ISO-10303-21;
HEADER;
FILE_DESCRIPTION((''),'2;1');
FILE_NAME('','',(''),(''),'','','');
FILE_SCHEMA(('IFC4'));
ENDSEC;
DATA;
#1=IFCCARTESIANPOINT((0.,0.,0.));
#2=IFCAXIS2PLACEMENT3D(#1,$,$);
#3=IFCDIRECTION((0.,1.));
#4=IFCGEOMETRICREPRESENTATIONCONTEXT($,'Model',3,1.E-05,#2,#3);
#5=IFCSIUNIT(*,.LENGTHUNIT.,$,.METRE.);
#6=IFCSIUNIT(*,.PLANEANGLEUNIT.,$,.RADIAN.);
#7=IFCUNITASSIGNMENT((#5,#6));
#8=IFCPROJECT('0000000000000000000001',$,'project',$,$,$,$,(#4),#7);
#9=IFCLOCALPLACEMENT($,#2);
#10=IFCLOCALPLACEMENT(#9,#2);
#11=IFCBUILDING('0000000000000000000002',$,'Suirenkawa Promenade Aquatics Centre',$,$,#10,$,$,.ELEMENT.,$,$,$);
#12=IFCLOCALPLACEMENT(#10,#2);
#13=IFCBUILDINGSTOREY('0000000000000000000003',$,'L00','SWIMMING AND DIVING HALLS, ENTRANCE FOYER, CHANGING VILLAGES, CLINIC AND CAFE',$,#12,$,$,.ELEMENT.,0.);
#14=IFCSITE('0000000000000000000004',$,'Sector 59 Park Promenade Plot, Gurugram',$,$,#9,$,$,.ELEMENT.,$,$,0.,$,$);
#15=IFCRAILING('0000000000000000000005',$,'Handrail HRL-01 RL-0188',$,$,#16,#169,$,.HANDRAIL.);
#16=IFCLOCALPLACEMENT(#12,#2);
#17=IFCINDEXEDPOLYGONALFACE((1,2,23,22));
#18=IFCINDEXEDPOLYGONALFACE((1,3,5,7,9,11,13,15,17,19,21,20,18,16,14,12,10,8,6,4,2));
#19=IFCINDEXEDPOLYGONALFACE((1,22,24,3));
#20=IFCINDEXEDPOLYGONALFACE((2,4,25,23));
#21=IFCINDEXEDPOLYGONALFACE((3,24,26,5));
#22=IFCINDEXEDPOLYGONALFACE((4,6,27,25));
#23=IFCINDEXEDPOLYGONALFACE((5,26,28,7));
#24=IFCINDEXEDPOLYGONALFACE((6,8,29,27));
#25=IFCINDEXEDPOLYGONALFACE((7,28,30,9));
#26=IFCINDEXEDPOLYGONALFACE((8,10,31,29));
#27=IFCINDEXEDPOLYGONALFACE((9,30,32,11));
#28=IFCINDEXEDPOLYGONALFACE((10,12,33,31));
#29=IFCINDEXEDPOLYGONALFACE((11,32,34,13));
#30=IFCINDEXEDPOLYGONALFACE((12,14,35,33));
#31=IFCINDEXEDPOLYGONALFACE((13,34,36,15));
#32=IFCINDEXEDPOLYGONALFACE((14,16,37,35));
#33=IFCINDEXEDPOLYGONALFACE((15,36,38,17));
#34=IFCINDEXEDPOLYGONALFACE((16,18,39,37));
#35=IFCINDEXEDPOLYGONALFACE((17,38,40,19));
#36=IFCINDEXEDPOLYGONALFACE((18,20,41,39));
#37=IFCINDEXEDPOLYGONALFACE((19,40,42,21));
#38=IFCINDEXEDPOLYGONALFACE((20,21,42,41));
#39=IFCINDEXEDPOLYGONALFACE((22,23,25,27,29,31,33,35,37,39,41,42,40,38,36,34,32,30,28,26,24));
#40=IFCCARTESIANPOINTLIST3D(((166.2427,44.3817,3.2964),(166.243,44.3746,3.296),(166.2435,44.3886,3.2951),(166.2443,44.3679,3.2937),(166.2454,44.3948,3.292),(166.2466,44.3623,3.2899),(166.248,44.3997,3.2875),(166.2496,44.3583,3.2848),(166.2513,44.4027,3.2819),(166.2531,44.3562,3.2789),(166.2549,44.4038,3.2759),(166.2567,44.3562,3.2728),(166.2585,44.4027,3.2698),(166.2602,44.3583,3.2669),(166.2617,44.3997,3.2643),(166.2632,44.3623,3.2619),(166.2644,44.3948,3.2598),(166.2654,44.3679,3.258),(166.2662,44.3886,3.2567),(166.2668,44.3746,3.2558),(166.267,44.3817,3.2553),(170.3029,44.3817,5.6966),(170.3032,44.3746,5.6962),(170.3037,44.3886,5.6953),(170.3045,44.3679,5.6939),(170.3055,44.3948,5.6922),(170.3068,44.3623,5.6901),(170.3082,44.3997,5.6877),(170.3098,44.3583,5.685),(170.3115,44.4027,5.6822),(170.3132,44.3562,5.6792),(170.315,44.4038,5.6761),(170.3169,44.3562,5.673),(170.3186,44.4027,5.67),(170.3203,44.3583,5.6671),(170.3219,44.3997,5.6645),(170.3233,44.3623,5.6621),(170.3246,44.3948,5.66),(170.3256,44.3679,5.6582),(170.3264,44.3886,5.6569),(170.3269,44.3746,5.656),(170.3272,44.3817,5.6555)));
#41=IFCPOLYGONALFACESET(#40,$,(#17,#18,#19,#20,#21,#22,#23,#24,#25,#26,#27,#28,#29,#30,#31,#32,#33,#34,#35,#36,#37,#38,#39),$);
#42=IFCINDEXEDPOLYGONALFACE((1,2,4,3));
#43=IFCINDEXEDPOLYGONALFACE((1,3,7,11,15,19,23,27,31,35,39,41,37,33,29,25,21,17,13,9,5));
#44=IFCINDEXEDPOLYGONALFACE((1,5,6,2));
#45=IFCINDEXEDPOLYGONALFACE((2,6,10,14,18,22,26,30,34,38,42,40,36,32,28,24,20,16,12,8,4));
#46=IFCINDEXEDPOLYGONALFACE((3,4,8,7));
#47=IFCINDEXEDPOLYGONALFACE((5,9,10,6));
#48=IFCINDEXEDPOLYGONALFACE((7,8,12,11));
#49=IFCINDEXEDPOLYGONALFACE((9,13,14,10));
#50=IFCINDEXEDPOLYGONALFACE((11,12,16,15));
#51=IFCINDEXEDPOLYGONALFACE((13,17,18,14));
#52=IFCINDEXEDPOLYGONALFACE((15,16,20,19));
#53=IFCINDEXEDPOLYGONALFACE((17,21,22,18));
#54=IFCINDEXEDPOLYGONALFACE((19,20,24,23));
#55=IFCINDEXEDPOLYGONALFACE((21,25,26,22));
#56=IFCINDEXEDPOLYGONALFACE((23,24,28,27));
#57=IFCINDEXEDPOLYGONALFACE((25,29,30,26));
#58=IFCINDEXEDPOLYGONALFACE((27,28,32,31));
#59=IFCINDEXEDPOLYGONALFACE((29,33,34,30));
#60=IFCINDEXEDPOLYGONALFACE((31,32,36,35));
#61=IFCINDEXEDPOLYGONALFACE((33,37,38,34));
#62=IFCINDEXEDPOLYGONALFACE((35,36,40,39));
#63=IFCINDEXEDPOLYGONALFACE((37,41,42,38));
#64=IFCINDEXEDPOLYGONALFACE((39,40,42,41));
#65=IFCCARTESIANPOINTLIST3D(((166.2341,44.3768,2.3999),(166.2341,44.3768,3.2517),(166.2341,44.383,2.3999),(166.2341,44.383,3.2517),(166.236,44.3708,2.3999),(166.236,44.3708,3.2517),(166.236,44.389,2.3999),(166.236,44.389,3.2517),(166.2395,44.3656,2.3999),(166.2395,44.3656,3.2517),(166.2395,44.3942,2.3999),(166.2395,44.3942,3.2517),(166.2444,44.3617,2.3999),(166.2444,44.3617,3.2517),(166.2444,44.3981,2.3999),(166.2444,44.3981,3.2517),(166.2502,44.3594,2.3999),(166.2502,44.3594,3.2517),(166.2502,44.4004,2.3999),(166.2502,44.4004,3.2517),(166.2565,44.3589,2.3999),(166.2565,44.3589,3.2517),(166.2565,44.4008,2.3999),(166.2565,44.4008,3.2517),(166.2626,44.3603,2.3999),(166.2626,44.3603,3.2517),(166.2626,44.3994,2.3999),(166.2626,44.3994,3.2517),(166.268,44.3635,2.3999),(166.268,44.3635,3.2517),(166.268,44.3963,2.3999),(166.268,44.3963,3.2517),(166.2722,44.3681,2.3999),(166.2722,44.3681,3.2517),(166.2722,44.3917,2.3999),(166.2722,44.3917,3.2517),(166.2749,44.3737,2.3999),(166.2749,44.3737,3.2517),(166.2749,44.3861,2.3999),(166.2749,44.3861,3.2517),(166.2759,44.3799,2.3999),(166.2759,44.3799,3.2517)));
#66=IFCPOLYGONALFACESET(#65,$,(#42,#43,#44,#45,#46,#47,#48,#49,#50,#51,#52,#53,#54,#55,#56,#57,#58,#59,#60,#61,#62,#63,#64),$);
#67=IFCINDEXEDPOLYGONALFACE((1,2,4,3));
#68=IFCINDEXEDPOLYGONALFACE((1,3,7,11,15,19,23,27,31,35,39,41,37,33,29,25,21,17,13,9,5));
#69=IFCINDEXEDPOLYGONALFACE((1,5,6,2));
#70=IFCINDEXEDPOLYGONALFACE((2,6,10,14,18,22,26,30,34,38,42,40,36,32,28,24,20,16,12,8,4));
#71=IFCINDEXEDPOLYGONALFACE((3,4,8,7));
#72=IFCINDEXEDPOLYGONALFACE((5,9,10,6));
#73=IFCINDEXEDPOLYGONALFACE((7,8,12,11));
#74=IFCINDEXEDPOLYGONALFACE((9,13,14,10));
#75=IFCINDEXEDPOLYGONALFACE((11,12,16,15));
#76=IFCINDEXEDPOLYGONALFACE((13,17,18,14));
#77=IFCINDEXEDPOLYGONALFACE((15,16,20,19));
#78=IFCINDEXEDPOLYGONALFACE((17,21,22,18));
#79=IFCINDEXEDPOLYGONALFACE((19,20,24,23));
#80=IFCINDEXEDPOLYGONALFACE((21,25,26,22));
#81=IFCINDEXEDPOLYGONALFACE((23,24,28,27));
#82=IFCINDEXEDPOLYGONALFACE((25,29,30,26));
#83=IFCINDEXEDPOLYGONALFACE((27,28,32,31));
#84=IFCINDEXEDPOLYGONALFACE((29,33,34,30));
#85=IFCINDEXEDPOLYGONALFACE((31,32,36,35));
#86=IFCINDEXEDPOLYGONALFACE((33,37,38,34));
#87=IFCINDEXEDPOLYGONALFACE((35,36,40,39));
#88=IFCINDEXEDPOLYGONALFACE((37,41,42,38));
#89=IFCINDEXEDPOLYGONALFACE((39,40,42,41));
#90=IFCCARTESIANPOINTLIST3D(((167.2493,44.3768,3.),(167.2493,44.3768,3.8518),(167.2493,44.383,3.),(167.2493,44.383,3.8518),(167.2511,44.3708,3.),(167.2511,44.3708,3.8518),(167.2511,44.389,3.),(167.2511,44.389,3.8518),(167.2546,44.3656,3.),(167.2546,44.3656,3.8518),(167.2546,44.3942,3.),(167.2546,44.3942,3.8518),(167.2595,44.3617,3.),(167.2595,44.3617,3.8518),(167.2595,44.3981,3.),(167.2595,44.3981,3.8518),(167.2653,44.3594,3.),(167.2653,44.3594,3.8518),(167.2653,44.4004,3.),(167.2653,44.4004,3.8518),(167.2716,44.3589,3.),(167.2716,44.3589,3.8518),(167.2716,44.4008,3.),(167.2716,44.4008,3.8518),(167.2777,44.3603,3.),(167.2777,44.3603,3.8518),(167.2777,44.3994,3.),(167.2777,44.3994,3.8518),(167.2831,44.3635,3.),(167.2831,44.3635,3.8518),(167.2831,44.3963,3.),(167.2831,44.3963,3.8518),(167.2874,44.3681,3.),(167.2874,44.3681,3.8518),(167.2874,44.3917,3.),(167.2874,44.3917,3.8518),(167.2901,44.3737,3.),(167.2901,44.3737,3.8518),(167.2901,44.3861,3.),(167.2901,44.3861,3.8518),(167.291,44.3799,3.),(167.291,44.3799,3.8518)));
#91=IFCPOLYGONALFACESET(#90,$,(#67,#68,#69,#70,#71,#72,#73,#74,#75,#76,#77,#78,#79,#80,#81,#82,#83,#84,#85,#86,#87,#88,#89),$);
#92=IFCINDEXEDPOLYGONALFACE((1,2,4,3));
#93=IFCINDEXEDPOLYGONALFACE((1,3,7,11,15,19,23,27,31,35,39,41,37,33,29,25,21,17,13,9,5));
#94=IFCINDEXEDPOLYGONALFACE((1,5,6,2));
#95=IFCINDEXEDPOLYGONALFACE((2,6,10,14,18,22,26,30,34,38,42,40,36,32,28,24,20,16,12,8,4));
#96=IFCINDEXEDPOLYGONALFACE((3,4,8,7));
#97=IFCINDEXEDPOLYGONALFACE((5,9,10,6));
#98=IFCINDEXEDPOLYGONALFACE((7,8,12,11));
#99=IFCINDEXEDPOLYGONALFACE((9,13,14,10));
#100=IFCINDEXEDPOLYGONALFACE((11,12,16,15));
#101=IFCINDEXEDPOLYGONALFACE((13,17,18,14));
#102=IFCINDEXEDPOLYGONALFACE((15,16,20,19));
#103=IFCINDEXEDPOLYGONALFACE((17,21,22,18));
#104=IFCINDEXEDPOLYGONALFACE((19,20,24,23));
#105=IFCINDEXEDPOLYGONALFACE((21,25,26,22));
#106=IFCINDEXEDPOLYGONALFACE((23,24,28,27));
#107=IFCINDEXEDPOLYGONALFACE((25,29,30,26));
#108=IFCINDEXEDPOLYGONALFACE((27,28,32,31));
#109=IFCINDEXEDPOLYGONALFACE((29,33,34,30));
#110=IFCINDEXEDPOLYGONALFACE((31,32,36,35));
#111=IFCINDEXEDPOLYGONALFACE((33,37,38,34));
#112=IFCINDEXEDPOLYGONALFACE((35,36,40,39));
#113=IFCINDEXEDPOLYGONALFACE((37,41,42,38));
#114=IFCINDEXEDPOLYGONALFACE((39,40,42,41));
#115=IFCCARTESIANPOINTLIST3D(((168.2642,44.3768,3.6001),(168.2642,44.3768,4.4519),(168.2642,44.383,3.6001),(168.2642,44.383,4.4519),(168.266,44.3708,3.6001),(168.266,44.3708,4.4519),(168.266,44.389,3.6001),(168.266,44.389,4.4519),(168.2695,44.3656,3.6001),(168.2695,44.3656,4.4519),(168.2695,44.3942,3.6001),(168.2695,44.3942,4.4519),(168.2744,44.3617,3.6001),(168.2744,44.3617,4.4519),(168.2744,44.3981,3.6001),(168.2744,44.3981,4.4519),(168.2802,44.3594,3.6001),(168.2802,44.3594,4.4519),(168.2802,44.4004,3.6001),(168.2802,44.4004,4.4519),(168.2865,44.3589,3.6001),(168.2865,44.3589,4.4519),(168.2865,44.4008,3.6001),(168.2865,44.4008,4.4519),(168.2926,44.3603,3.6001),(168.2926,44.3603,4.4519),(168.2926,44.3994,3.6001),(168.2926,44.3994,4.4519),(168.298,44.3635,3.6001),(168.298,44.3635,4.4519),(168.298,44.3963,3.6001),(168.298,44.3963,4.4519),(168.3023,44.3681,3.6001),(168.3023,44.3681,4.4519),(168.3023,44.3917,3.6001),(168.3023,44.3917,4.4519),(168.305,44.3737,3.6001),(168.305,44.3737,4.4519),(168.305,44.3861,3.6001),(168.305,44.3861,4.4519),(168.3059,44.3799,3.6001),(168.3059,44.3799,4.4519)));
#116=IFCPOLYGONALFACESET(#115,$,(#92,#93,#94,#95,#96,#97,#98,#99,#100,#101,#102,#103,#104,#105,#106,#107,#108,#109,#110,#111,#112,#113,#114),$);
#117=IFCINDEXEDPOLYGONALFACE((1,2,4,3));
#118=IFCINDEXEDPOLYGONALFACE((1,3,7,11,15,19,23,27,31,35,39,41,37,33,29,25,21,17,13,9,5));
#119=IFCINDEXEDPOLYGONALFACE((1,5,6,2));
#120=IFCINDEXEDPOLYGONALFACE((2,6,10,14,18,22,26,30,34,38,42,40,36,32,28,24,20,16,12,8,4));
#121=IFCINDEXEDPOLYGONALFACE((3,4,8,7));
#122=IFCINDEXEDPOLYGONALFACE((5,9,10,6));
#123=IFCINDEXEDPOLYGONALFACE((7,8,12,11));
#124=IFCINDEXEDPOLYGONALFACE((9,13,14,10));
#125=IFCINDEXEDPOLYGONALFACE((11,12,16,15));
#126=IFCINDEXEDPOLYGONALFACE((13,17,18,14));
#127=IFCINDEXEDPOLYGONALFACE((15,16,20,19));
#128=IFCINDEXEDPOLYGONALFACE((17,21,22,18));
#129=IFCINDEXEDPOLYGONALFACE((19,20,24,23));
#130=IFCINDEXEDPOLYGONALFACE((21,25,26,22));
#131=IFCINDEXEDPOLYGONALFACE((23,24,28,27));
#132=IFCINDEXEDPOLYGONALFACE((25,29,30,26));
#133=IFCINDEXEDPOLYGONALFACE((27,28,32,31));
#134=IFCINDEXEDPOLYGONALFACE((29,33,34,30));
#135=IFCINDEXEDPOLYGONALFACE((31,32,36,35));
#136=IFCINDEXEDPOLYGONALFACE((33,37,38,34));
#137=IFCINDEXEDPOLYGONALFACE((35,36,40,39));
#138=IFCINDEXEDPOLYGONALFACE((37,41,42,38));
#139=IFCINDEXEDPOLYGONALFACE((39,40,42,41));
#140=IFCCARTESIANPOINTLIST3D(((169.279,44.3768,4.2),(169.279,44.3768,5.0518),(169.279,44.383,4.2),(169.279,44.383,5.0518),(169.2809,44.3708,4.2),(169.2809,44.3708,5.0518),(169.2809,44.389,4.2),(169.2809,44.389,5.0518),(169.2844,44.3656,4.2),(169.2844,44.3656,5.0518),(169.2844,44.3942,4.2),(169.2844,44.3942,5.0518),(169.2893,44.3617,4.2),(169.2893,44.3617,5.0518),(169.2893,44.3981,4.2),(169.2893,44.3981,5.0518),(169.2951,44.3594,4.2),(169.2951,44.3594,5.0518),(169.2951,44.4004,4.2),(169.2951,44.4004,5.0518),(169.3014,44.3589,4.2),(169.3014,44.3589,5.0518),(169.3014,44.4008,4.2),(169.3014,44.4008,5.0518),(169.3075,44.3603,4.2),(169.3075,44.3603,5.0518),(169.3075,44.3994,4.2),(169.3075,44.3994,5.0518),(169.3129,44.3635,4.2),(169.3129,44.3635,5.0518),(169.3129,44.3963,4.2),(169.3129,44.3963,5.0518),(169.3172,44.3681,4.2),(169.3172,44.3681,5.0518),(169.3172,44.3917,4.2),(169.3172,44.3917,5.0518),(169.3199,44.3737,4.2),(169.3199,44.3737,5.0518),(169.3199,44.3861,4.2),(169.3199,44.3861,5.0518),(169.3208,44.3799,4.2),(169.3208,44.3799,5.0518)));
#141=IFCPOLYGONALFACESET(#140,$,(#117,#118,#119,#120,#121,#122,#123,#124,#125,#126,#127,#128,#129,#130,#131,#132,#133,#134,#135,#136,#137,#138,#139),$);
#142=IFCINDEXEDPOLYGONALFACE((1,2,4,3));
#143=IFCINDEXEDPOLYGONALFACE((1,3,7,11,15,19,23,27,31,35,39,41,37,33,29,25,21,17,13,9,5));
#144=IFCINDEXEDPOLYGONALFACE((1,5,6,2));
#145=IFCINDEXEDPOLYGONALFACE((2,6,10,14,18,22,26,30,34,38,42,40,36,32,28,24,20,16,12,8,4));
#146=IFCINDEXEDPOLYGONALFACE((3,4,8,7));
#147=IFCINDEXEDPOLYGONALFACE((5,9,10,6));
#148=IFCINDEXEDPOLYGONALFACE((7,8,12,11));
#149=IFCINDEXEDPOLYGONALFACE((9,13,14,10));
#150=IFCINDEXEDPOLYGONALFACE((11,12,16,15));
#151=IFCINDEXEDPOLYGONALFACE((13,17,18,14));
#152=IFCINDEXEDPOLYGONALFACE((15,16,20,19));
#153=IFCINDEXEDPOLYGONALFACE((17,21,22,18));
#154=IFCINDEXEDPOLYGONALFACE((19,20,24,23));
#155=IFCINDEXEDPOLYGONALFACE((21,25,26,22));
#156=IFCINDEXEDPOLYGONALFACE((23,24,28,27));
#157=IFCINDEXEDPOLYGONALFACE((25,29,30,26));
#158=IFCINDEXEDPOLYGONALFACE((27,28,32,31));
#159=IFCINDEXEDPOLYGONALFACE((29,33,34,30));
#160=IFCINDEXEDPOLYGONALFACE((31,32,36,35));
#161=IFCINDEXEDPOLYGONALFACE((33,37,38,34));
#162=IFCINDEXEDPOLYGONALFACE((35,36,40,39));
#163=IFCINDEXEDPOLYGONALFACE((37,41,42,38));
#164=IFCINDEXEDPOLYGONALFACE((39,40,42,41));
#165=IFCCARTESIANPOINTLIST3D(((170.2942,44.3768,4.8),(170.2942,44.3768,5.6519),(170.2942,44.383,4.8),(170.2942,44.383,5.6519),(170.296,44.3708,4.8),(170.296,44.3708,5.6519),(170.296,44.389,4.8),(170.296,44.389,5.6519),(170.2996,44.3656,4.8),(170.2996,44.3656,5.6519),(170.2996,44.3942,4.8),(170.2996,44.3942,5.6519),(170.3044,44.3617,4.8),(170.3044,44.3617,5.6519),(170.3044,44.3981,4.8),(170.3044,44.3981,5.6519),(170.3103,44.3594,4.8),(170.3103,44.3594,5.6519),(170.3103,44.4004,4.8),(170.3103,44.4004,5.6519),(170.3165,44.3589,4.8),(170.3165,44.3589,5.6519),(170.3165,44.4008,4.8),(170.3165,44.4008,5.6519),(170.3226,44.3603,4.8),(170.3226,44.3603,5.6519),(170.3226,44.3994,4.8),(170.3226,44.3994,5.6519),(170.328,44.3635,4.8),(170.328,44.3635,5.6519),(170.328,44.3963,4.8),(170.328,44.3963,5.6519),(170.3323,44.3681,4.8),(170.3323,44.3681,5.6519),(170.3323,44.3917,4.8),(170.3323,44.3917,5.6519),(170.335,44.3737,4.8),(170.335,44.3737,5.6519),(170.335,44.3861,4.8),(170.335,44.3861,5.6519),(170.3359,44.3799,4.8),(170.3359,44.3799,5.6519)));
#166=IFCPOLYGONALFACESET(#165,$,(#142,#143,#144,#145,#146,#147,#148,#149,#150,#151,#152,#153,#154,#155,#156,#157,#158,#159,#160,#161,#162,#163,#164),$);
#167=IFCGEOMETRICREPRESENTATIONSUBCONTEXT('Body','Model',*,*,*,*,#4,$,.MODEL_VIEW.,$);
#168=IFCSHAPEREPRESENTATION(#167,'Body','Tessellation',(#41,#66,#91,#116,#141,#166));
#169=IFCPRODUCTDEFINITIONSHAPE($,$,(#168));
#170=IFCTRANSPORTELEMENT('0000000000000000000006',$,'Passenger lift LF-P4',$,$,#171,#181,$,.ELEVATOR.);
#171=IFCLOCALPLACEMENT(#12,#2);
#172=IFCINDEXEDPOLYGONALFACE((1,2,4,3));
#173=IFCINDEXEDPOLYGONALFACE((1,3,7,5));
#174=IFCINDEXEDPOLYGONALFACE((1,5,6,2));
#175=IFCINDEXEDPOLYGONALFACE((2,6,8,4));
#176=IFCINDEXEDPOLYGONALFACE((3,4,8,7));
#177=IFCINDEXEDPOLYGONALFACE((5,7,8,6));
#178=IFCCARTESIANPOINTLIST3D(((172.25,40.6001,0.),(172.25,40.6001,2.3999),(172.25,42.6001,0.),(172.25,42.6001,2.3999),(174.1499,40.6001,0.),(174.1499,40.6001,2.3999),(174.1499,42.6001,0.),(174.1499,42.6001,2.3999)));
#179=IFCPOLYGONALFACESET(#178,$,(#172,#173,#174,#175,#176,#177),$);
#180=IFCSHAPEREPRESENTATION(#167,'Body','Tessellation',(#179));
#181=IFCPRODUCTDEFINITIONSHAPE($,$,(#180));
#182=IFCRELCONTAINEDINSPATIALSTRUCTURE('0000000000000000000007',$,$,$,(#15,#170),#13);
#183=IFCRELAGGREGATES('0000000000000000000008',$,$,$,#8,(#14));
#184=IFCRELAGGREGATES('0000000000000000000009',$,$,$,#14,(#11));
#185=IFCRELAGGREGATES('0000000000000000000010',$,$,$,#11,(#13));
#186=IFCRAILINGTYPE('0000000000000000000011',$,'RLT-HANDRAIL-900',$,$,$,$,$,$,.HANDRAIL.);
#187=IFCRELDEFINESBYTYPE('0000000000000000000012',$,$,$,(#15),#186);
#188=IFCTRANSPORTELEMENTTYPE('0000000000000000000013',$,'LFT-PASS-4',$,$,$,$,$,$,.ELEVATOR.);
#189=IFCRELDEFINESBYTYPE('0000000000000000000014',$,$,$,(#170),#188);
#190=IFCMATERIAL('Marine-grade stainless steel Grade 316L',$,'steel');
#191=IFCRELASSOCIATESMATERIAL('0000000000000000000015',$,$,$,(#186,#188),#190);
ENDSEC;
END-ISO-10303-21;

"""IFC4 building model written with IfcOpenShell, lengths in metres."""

from ifc_helpers import new_model, si_unit, direction, frame, origin, origin_2d, place, context, subcontext, project, spatial, rectangle, circle, extrude, material, type_object, element, save


model = new_model("IFC4")

# Units and contexts
model_context = context("Model", 3, precision=1e-05, world=origin(), true_north=direction((0.0, 1.0)))
body_context = subcontext(model_context, "Body", "Model", "MODEL_VIEW")
ifc_project = project(units=[si_unit("LENGTHUNIT", "METRE"), si_unit("PLANEANGLEUNIT", "RADIAN")], contexts=[model_context])

# Site, building, storey
site_placement = place(None, origin())
site = spatial("IfcSite", under=ifc_project, at=site_placement, Name="Sector 59 Park Promenade Plot, Gurugram", CompositionType="ELEMENT", RefElevation=0.0)
building_placement = place(site_placement, origin())
building = spatial("IfcBuilding", under=site, at=building_placement, Name="Suirenkawa Promenade Aquatics Centre", CompositionType="ELEMENT")
storey_placement = place(building_placement, origin())
storey = spatial("IfcBuildingStorey", under=building, at=storey_placement, Name="L00", Description="SWIMMING AND DIVING HALLS, ENTRANCE FOYER, CHANGING VILLAGES, CLINIC AND CAFE", CompositionType="ELEMENT", Elevation=0.0)

# Shared definitions
ifc_material_1 = material(Name="Marine-grade stainless steel Grade 316L", Category="steel")

# Railing
railing_type_1 = type_object("IfcRailingType", Name="RLT-HANDRAIL-900", PredefinedType="HANDRAIL", material=ifc_material_1)
for number, where, name in (
    (1, (166.2549, 44.3799, 2.3999), "Handrail HRL-01 RL-0188"),
):
    element("IfcRailing", number, at=place(storey_placement, frame(where)), inside=storey, type_object=railing_type_1, Name=name, PredefinedType="HANDRAIL", context=body_context, shape_type="SweptSolid", body=[
        extrude(circle(Radius=0.0239, at=origin_2d()), frame((0.0, 0.0, 0.876), z_axis=(0.860832, 0.0, 0.50889), x_axis=(0.0, 1.0, 0.0)), (0.0, 0.0, 1.0), 4.7166),
        extrude(circle(Radius=0.021, at=origin_2d()), origin(), (0.0, 0.0, 1.0), 0.8518),
        extrude(circle(Radius=0.021, at=origin_2d()), frame((1.0151, 0.0, 0.6001)), (0.0, 0.0, 1.0), 0.8518),
        extrude(circle(Radius=0.021, at=origin_2d()), frame((2.03, 0.0, 1.2002)), (0.0, 0.0, 1.0), 0.8518),
        extrude(circle(Radius=0.021, at=origin_2d()), frame((3.0449, 0.0, 1.8)), (0.0, 0.0, 1.0), 0.8518),
        extrude(circle(Radius=0.021, at=origin_2d()), frame((4.0601, 0.0, 2.4001)), (0.0, 0.0, 1.0), 0.8518),
    ])

# Transport element
transport_element_type = type_object("IfcTransportElementType", Name="LFT-PASS-4", PredefinedType="ELEVATOR", material=ifc_material_1)
transport_element_placement = place(storey_placement, frame((173.2, 41.6001, 0.0), z_axis=(0.0, 0.0, 1.0), x_axis=(1.0, 0.0, 0.0)))
element("IfcTransportElement", 2, at=transport_element_placement, inside=storey, type_object=transport_element_type, Name="Passenger lift LF-P4", PredefinedType="ELEVATOR", context=body_context, shape_type="SweptSolid", body=[
    extrude(rectangle(XDim=1.8999, YDim=2.0, at=origin_2d()), origin(), (0.0, 0.0, 1.0), 2.3999),
])

save(model, "model.ifc")
